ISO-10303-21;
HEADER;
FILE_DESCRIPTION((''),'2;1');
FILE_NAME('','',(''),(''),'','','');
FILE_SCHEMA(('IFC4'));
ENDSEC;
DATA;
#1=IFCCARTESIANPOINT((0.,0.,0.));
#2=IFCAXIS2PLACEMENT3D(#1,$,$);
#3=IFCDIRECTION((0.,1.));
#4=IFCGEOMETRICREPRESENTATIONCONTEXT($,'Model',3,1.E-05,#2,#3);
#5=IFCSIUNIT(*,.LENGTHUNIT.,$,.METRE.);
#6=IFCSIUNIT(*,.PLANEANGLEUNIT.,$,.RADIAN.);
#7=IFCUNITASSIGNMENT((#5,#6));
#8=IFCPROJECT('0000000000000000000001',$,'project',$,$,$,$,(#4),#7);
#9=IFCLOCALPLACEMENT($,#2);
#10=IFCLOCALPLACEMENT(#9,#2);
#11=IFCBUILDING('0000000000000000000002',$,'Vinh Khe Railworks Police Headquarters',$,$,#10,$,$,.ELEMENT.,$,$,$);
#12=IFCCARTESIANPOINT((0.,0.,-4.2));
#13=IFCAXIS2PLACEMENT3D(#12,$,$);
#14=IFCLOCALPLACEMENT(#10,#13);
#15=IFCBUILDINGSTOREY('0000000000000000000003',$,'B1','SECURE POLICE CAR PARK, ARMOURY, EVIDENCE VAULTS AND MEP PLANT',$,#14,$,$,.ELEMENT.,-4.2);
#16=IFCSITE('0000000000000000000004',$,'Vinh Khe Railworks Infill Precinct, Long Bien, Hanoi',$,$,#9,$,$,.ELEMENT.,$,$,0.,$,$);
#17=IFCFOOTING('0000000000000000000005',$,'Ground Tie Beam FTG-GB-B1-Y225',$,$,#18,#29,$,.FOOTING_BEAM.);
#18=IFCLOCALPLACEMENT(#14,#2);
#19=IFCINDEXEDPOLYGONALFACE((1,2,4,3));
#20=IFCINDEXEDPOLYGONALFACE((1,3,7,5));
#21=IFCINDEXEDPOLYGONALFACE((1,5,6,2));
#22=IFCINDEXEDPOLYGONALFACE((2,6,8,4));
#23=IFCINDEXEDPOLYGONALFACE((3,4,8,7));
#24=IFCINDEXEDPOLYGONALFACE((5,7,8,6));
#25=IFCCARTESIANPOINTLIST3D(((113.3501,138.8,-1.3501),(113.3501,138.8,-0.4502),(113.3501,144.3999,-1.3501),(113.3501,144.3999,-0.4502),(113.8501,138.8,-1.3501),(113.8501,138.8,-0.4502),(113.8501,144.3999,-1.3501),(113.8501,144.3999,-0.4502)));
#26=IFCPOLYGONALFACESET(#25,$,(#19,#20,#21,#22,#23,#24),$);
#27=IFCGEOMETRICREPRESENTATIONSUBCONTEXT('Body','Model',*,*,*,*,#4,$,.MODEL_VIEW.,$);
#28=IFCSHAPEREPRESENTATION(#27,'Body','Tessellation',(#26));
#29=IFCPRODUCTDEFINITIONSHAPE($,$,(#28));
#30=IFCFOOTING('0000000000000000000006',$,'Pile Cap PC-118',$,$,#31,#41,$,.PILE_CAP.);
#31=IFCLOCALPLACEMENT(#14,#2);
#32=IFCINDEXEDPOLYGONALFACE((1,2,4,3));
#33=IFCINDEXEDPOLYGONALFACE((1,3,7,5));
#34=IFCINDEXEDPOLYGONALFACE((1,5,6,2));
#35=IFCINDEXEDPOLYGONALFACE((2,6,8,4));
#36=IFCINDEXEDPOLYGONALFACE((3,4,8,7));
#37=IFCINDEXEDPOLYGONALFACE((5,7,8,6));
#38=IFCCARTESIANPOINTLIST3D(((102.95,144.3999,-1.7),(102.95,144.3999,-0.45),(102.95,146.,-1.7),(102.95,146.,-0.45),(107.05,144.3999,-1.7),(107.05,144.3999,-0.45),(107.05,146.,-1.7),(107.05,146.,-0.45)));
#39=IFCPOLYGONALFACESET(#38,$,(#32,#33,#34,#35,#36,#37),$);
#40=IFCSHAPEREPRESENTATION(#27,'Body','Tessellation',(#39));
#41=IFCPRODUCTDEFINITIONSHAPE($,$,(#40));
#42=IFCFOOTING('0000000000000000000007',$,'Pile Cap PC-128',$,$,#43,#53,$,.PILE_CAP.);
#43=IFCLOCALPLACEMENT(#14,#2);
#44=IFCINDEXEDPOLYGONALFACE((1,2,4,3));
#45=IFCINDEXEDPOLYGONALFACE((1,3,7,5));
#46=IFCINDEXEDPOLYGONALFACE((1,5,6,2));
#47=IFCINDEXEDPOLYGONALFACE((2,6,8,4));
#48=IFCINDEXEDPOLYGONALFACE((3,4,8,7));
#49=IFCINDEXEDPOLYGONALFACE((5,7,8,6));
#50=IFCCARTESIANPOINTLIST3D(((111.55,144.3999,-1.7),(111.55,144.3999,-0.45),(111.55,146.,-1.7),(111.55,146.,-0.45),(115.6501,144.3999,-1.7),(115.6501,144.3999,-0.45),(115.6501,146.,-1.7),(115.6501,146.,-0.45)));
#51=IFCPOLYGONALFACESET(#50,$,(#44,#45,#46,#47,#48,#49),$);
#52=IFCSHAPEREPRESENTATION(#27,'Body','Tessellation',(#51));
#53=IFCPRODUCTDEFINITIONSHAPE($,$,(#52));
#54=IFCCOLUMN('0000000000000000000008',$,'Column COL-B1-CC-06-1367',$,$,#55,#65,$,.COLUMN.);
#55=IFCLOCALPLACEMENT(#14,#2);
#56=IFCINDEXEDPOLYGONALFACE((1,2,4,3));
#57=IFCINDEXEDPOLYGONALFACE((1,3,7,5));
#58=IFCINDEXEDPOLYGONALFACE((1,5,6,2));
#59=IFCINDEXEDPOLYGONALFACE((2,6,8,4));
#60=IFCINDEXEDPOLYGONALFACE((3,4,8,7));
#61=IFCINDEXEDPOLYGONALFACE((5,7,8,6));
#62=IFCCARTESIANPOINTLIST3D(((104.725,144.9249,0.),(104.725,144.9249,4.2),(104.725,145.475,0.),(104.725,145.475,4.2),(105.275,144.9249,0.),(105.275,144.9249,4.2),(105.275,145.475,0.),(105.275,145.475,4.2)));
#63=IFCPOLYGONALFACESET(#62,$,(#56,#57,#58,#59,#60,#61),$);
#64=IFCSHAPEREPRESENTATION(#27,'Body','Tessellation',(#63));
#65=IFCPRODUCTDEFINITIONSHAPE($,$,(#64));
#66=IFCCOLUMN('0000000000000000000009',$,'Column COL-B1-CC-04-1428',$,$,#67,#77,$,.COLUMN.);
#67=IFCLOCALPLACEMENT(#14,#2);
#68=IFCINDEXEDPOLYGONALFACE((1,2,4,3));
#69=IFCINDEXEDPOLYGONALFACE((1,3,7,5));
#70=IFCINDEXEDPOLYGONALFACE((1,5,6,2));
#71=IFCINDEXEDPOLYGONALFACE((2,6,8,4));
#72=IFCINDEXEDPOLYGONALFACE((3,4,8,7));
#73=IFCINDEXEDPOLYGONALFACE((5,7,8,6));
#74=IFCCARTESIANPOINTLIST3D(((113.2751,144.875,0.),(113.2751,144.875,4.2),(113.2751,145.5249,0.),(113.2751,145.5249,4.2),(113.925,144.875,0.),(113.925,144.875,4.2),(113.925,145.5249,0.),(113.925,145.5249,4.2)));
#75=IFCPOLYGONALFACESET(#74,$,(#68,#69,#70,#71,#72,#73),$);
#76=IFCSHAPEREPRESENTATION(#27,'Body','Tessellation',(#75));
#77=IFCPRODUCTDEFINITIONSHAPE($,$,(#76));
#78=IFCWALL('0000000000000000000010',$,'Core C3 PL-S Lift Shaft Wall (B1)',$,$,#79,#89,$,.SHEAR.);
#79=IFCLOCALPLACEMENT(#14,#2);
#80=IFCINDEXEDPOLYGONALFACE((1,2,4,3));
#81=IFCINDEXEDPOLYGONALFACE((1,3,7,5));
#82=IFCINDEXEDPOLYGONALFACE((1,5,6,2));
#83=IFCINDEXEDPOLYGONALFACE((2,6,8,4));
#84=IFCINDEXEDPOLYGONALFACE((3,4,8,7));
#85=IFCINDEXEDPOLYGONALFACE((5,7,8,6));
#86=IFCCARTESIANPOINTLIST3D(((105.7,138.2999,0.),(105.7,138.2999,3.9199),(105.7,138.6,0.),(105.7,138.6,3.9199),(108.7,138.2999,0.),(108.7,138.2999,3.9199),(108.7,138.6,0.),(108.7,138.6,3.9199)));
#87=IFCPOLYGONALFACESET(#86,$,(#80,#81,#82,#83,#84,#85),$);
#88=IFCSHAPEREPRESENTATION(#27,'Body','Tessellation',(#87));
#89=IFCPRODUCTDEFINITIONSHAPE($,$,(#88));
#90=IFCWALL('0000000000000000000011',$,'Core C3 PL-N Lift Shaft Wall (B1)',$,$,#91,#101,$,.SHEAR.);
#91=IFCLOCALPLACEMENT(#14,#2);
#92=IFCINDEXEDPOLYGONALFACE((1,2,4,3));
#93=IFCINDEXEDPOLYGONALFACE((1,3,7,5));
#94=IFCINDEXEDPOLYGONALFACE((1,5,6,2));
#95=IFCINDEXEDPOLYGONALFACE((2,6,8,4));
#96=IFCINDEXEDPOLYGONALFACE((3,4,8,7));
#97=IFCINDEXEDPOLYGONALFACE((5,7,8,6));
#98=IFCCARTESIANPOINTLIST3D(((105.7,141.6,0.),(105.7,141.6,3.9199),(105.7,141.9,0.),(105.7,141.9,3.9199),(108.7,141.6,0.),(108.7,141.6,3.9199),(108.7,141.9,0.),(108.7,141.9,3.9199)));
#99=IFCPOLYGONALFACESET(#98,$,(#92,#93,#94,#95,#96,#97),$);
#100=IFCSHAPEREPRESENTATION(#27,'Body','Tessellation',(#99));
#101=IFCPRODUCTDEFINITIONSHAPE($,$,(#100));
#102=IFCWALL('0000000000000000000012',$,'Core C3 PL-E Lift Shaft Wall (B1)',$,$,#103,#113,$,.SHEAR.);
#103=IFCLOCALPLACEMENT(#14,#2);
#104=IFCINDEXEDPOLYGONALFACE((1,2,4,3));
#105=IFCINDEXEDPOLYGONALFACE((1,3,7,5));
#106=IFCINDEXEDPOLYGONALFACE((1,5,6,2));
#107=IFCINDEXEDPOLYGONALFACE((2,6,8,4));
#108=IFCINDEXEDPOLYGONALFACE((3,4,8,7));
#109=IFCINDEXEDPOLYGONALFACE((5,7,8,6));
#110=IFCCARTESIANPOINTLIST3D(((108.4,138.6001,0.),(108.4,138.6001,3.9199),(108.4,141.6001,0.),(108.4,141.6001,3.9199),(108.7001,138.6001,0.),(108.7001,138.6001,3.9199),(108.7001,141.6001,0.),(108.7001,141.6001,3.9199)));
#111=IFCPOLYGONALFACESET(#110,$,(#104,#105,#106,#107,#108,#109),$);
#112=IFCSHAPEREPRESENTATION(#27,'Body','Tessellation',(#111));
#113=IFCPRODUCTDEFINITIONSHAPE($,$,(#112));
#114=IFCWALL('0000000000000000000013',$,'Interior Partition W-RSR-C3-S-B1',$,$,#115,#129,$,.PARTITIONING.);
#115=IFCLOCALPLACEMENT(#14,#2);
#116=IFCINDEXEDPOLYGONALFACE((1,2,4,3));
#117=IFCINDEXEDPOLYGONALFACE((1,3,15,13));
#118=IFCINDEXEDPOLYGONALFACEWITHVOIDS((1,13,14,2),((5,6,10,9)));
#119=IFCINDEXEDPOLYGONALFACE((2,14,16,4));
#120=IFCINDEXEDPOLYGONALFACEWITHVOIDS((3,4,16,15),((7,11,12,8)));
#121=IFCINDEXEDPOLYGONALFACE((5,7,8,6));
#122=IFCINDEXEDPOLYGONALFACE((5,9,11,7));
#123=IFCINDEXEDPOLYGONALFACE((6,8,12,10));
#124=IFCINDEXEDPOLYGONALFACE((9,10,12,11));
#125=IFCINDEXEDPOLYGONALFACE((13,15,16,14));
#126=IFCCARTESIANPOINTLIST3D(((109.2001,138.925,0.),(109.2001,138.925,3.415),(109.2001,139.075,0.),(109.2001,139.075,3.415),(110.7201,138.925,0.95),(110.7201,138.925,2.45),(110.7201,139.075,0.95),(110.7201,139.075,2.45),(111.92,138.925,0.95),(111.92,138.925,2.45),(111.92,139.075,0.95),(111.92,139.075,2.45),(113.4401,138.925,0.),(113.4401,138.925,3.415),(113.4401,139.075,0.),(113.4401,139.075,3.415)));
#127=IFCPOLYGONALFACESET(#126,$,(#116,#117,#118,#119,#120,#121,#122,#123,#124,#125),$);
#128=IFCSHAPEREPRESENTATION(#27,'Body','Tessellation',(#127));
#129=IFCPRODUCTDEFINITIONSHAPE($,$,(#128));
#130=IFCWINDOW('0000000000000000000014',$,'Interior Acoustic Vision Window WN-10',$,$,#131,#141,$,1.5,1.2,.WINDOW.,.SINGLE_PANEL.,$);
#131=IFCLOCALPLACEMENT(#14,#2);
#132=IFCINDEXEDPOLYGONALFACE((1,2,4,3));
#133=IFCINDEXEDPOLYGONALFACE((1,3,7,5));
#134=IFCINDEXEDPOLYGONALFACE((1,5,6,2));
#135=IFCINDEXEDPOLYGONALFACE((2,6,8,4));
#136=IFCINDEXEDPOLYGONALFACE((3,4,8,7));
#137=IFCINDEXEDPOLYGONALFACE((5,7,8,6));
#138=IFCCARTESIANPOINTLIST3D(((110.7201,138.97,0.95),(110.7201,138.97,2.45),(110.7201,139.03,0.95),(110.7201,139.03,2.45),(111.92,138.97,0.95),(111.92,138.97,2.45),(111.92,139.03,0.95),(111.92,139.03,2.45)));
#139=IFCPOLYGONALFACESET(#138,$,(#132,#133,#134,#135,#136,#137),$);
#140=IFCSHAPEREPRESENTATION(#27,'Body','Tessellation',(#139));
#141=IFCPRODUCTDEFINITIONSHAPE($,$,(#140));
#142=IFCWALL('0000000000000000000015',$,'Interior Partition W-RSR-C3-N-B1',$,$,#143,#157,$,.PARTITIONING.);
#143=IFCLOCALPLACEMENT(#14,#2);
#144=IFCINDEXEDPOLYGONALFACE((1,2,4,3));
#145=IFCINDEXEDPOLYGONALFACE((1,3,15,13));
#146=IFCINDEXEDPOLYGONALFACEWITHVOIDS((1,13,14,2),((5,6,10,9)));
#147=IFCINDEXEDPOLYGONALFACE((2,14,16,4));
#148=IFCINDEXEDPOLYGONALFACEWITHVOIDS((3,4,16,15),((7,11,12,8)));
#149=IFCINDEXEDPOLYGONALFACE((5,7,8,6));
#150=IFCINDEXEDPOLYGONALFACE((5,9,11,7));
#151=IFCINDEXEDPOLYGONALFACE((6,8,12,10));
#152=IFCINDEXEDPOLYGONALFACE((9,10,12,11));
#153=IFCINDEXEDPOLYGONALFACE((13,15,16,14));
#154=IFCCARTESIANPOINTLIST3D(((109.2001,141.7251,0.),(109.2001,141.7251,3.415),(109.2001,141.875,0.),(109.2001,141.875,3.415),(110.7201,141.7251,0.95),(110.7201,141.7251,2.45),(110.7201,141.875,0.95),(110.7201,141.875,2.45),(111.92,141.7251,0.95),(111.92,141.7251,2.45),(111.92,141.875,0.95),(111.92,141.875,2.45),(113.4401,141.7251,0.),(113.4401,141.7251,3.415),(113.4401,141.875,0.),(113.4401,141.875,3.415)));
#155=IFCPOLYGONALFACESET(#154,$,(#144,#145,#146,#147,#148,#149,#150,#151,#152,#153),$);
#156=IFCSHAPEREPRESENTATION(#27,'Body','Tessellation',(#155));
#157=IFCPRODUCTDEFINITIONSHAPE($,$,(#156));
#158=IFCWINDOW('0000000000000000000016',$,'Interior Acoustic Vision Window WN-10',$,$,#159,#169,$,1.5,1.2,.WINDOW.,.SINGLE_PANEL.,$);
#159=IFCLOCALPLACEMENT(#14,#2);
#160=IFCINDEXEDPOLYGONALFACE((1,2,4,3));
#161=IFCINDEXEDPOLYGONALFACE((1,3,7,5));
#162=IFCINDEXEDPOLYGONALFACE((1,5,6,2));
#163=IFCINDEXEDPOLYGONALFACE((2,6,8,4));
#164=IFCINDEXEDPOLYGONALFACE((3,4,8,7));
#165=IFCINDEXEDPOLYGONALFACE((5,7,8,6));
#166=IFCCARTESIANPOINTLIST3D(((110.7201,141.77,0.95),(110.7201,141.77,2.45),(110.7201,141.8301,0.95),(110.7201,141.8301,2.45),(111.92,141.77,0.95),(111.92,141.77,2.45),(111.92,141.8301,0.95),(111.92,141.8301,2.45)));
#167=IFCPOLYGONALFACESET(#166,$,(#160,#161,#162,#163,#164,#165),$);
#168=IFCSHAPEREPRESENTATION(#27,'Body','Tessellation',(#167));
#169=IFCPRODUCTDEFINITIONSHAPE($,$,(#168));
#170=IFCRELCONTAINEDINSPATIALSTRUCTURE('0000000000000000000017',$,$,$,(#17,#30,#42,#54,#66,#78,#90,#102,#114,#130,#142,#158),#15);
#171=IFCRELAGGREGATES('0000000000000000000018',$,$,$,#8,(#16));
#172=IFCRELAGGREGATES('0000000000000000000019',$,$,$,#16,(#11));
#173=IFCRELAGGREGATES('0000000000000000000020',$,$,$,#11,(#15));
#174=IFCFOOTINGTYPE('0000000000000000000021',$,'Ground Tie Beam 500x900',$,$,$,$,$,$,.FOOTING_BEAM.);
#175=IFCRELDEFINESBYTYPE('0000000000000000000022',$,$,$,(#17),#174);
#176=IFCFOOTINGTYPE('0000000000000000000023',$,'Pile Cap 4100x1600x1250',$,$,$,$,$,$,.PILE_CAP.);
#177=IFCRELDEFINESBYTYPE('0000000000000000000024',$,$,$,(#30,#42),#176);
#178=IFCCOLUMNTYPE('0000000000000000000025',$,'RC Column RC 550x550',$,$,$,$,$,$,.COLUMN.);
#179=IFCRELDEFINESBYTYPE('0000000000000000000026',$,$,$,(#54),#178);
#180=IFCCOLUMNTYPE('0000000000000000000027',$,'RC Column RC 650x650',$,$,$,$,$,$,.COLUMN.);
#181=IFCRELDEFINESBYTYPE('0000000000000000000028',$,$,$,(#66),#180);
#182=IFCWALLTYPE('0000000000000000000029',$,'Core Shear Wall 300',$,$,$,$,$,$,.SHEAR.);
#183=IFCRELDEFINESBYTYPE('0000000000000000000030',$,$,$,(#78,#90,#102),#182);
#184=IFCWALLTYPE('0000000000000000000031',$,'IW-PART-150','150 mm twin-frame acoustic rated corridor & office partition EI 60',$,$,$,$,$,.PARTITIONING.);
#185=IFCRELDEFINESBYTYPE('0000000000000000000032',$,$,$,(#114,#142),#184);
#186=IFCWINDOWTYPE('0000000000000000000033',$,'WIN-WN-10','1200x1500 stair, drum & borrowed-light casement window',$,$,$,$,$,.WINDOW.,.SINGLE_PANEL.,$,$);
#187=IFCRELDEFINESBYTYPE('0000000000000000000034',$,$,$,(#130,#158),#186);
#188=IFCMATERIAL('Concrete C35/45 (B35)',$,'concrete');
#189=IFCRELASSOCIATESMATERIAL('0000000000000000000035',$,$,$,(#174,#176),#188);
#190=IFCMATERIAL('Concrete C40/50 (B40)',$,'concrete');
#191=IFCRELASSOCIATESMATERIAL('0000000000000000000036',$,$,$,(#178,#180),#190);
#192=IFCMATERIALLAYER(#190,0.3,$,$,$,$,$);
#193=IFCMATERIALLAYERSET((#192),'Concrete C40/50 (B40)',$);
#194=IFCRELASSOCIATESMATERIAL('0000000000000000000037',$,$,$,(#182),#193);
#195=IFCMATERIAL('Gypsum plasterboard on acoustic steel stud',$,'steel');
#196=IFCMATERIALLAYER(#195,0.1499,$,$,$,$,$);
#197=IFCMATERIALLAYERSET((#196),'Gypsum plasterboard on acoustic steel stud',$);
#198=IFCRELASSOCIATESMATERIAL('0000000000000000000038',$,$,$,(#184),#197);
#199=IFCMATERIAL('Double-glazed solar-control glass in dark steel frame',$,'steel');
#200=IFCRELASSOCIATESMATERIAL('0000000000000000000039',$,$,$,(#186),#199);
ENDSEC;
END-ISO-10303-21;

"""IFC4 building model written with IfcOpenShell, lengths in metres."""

from ifc_helpers import new_model, si_unit, direction, frame, frame_2d, origin, origin_2d, place, context, subcontext, project, spatial, rectangle, extrude, material, layer, layer_set, material_profile, profile_set, type_object, element, fill, save


model = new_model("IFC4")

# Units and contexts
model_context = context("Model", 3, precision=1e-05, world=origin(), true_north=direction((0.0, 1.0)))
body_context = subcontext(model_context, "Body", "Model", "MODEL_VIEW")
ifc_project = project(units=[si_unit("LENGTHUNIT", "METRE"), si_unit("PLANEANGLEUNIT", "RADIAN")], contexts=[model_context])

# Site, building, storey
site_placement = place(None, origin())
site = spatial("IfcSite", under=ifc_project, at=site_placement, Name="Vinh Khe Railworks Infill Precinct, Long Bien, Hanoi", CompositionType="ELEMENT", RefElevation=0.0)
building_placement = place(site_placement, origin())
building = spatial("IfcBuilding", under=site, at=building_placement, Name="Vinh Khe Railworks Police Headquarters", CompositionType="ELEMENT")
storey_placement = place(building_placement, frame((0.0, 0.0, -4.2)))
storey = spatial("IfcBuildingStorey", under=building, at=storey_placement, Name="B1", Description="SECURE POLICE CAR PARK, ARMOURY, EVIDENCE VAULTS AND MEP PLANT", CompositionType="ELEMENT", Elevation=-4.2)

# Shared definitions
ifc_material_1 = material(Name="Concrete C35/45 (B35)", Category="concrete")

# Footings
ifc_material_profile_1 = material_profile(ifc_material_1, rectangle(XDim=0.5, YDim=0.8999, at=origin_2d()), Name="RC 500x900")
ifc_profile_set_1 = profile_set([ifc_material_profile_1], Name="Concrete C35/45 (B35)")
footing_type_1 = type_object("IfcFootingType", Name="Ground Tie Beam 500x900", PredefinedType="FOOTING_BEAM", material=ifc_profile_set_1)
footing_1_placement = place(storey_placement, frame((113.6001, 138.8, -0.9001), z_axis=(0.0, 1.0, 0.0), x_axis=(-1.0, 0.0, 0.0)))
element("IfcFooting", 1, at=footing_1_placement, inside=storey, type_object=footing_type_1, Name="Ground Tie Beam FTG-GB-B1-Y225", PredefinedType="FOOTING_BEAM", context=body_context, shape_type="SweptSolid", body=[
    extrude(rectangle(XDim=0.5, YDim=0.8999, at=origin_2d()), origin(), (0.0, 0.0, 1.0), 5.5999),
])
footing_type_2 = type_object("IfcFootingType", Name="Pile Cap 4100x1600x1250", PredefinedType="PILE_CAP", material=ifc_material_1)
for number, where, z_axis, x_axis, name in (
    (2, (105.0, 145.2, -1.7), (0.0, 0.0, 1.0), (1.0, 0.0, 0.0), "Pile Cap PC-118"),
    (3, (113.6001, 145.2, -1.7), (0.0, 0.0, 1.0), (1.0, 0.0, 0.0), "Pile Cap PC-128"),
):
    element("IfcFooting", number, at=place(storey_placement, frame(where, z_axis=z_axis, x_axis=x_axis)), inside=storey, type_object=footing_type_2, Name=name, PredefinedType="PILE_CAP", context=body_context, shape_type="SweptSolid", body=[
        extrude(rectangle(XDim=4.1001, YDim=1.6001, at=origin_2d()), origin(), (0.0, 0.0, 1.0), 1.25),
    ])

# Columns
ifc_material_2 = material(Name="Concrete C40/50 (B40)", Category="concrete")
ifc_material_profile_2 = material_profile(ifc_material_2, rectangle(XDim=0.55, YDim=0.55, at=origin_2d()), Name="RC 550x550")
ifc_profile_set_2 = profile_set([ifc_material_profile_2], Name="Concrete C40/50 (B40)")
column_type_1 = type_object("IfcColumnType", Name="RC Column RC 550x550", PredefinedType="COLUMN", material=ifc_profile_set_2)
column_1_placement = place(storey_placement, frame((105.0, 145.2, 0.0), z_axis=(0.0, 0.0, 1.0), x_axis=(1.0, 0.0, 0.0)))
element("IfcColumn", 4, at=column_1_placement, inside=storey, type_object=column_type_1, Name="Column COL-B1-CC-06-1367", PredefinedType="COLUMN", context=body_context, shape_type="SweptSolid", body=[
    extrude(rectangle(XDim=0.55, YDim=0.55, at=origin_2d()), origin(), (0.0, 0.0, 1.0), 4.2),
])
ifc_material_profile_3 = material_profile(ifc_material_2, rectangle(XDim=0.6499, YDim=0.6499, at=origin_2d()), Name="RC 650x650")
ifc_profile_set_3 = profile_set([ifc_material_profile_3], Name="Concrete C40/50 (B40)")
column_type_2 = type_object("IfcColumnType", Name="RC Column RC 650x650", PredefinedType="COLUMN", material=ifc_profile_set_3)
column_2_placement = place(storey_placement, frame((113.6001, 145.2, 0.0), z_axis=(0.0, 0.0, 1.0), x_axis=(1.0, 0.0, 0.0)))
element("IfcColumn", 5, at=column_2_placement, inside=storey, type_object=column_type_2, Name="Column COL-B1-CC-04-1428", PredefinedType="COLUMN", context=body_context, shape_type="SweptSolid", body=[
    extrude(rectangle(XDim=0.6499, YDim=0.6499, at=origin_2d()), origin(), (0.0, 0.0, 1.0), 4.2),
])

# Walls
ifc_layer_1 = layer(ifc_material_2, 0.3)
ifc_layer_set_1 = layer_set([ifc_layer_1], Name="Concrete C40/50 (B40)")
wall_type_1 = type_object("IfcWallType", Name="Core Shear Wall 300", PredefinedType="SHEAR", material=ifc_layer_set_1)
for number, where, z_axis, x_axis, name in (
    (6, (105.7, 138.45, 0.0), (0.0, 0.0, 1.0), (1.0, 0.0, 0.0), "Core C3 PL-S Lift Shaft Wall (B1)"),
    (7, (105.7, 141.75, 0.0), (0.0, 0.0, 1.0), (1.0, 0.0, 0.0), "Core C3 PL-N Lift Shaft Wall (B1)"),
):
    element("IfcWall", number, at=place(storey_placement, frame(where, z_axis=z_axis, x_axis=x_axis)), inside=storey, type_object=wall_type_1, Name=name, PredefinedType="SHEAR", context=body_context, shape_type="SweptSolid", body=[
        extrude(rectangle(XDim=3.0, YDim=0.3, at=frame_2d((1.5, 0.0))), origin(), (0.0, 0.0, 1.0), 3.9199),
    ])

# Wall
wall_1_placement = place(storey_placement, frame((108.55, 138.6001, 0.0), z_axis=(0.0, 0.0, 1.0), x_axis=(0.0, 1.0, 0.0)))
element("IfcWall", 8, at=wall_1_placement, inside=storey, type_object=wall_type_1, Name="Core C3 PL-E Lift Shaft Wall (B1)", PredefinedType="SHEAR", context=body_context, shape_type="SweptSolid", body=[
    extrude(rectangle(XDim=3.0, YDim=0.3, at=frame_2d((1.5, 0.0))), origin(), (0.0, 0.0, 1.0), 3.9199),
])

# Walls, openings, windows
ifc_material_3 = material(Name="Gypsum plasterboard on acoustic steel stud", Category="steel")
ifc_layer_2 = layer(ifc_material_3, 0.1499)
ifc_layer_set_2 = layer_set([ifc_layer_2], Name="Gypsum plasterboard on acoustic steel stud")
wall_type_2 = type_object("IfcWallType", Name="IW-PART-150", Description="150 mm twin-frame acoustic rated corridor & office partition EI 60", PredefinedType="PARTITIONING", material=ifc_layer_set_2)
wall_2_placement = place(storey_placement, frame((109.2, 139.0, 0.0), z_axis=(0.0, 0.0, 1.0), x_axis=(1.0, 0.0, 0.0)))
wall_2 = element("IfcWall", 9, at=wall_2_placement, inside=storey, type_object=wall_type_2, Name="Interior Partition W-RSR-C3-S-B1", PredefinedType="PARTITIONING", context=body_context, shape_type="SweptSolid", body=[
    extrude(rectangle(XDim=4.24, YDim=0.1499, at=frame_2d((2.1201, 0.0))), origin(), (0.0, 0.0, 1.0), 3.415),
])
opening_1_placement = place(wall_2_placement, frame((1.52, 0.0, 0.95)))
opening_1 = element("IfcOpeningElement", 10, at=opening_1_placement, cuts=wall_2, PredefinedType="OPENING", context=body_context, shape_type="SweptSolid", body=[
    extrude(rectangle(XDim=1.2, YDim=1.5, at=frame_2d((0.6001, 0.75))), frame((0.0, 0.0898, 0.0), z_axis=(0.0, -1.0, 0.0), x_axis=(1.0, 0.0, 0.0)), (0.0, 0.0, 1.0), 0.1797),
])
ifc_material_4 = material(Name="Double-glazed solar-control glass in dark steel frame", Category="steel")
window_type = type_object("IfcWindowType", Name="WIN-WN-10", Description="1200x1500 stair, drum & borrowed-light casement window", PartitioningType="SINGLE_PANEL", PredefinedType="WINDOW", material=ifc_material_4)
window_1_placement = place(opening_1_placement, origin())
window_1 = element("IfcWindow", 11, at=window_1_placement, inside=storey, type_object=window_type, Name="Interior Acoustic Vision Window WN-10", OverallHeight=1.5, OverallWidth=1.2, PartitioningType="SINGLE_PANEL", PredefinedType="WINDOW", context=body_context, shape_type="SweptSolid", body=[
    extrude(rectangle(XDim=1.2, YDim=1.5, at=frame_2d((0.6001, 0.75))), frame((0.0, 0.03, 0.0), z_axis=(0.0, -1.0, 0.0), x_axis=(1.0, 0.0, 0.0)), (0.0, 0.0, 1.0), 0.0601),
])
fill(opening_1, window_1)
wall_3_placement = place(storey_placement, frame((109.2, 141.8, 0.0), z_axis=(0.0, 0.0, 1.0), x_axis=(1.0, 0.0, 0.0)))
wall_3 = element("IfcWall", 12, at=wall_3_placement, inside=storey, type_object=wall_type_2, Name="Interior Partition W-RSR-C3-N-B1", PredefinedType="PARTITIONING", context=body_context, shape_type="SweptSolid", body=[
    extrude(rectangle(XDim=4.24, YDim=0.1499, at=frame_2d((2.1201, 0.0))), origin(), (0.0, 0.0, 1.0), 3.415),
])
opening_2_placement = place(wall_3_placement, frame((1.52, 0.0, 0.95)))
opening_2 = element("IfcOpeningElement", 13, at=opening_2_placement, cuts=wall_3, PredefinedType="OPENING", context=body_context, shape_type="SweptSolid", body=[
    extrude(rectangle(XDim=1.2, YDim=1.5, at=frame_2d((0.6001, 0.75))), frame((0.0, 0.0898, 0.0), z_axis=(0.0, -1.0, 0.0), x_axis=(1.0, 0.0, 0.0)), (0.0, 0.0, 1.0), 0.1797),
])
window_2_placement = place(opening_2_placement, origin())
window_2 = element("IfcWindow", 14, at=window_2_placement, inside=storey, type_object=window_type, Name="Interior Acoustic Vision Window WN-10", OverallHeight=1.5, OverallWidth=1.2, PartitioningType="SINGLE_PANEL", PredefinedType="WINDOW", context=body_context, shape_type="SweptSolid", body=[
    extrude(rectangle(XDim=1.2, YDim=1.5, at=frame_2d((0.6001, 0.75))), frame((0.0, 0.03, 0.0), z_axis=(0.0, -1.0, 0.0), x_axis=(1.0, 0.0, 0.0)), (0.0, 0.0, 1.0), 0.0601),
])
fill(opening_2, window_2)

save(model, "model.ifc")
